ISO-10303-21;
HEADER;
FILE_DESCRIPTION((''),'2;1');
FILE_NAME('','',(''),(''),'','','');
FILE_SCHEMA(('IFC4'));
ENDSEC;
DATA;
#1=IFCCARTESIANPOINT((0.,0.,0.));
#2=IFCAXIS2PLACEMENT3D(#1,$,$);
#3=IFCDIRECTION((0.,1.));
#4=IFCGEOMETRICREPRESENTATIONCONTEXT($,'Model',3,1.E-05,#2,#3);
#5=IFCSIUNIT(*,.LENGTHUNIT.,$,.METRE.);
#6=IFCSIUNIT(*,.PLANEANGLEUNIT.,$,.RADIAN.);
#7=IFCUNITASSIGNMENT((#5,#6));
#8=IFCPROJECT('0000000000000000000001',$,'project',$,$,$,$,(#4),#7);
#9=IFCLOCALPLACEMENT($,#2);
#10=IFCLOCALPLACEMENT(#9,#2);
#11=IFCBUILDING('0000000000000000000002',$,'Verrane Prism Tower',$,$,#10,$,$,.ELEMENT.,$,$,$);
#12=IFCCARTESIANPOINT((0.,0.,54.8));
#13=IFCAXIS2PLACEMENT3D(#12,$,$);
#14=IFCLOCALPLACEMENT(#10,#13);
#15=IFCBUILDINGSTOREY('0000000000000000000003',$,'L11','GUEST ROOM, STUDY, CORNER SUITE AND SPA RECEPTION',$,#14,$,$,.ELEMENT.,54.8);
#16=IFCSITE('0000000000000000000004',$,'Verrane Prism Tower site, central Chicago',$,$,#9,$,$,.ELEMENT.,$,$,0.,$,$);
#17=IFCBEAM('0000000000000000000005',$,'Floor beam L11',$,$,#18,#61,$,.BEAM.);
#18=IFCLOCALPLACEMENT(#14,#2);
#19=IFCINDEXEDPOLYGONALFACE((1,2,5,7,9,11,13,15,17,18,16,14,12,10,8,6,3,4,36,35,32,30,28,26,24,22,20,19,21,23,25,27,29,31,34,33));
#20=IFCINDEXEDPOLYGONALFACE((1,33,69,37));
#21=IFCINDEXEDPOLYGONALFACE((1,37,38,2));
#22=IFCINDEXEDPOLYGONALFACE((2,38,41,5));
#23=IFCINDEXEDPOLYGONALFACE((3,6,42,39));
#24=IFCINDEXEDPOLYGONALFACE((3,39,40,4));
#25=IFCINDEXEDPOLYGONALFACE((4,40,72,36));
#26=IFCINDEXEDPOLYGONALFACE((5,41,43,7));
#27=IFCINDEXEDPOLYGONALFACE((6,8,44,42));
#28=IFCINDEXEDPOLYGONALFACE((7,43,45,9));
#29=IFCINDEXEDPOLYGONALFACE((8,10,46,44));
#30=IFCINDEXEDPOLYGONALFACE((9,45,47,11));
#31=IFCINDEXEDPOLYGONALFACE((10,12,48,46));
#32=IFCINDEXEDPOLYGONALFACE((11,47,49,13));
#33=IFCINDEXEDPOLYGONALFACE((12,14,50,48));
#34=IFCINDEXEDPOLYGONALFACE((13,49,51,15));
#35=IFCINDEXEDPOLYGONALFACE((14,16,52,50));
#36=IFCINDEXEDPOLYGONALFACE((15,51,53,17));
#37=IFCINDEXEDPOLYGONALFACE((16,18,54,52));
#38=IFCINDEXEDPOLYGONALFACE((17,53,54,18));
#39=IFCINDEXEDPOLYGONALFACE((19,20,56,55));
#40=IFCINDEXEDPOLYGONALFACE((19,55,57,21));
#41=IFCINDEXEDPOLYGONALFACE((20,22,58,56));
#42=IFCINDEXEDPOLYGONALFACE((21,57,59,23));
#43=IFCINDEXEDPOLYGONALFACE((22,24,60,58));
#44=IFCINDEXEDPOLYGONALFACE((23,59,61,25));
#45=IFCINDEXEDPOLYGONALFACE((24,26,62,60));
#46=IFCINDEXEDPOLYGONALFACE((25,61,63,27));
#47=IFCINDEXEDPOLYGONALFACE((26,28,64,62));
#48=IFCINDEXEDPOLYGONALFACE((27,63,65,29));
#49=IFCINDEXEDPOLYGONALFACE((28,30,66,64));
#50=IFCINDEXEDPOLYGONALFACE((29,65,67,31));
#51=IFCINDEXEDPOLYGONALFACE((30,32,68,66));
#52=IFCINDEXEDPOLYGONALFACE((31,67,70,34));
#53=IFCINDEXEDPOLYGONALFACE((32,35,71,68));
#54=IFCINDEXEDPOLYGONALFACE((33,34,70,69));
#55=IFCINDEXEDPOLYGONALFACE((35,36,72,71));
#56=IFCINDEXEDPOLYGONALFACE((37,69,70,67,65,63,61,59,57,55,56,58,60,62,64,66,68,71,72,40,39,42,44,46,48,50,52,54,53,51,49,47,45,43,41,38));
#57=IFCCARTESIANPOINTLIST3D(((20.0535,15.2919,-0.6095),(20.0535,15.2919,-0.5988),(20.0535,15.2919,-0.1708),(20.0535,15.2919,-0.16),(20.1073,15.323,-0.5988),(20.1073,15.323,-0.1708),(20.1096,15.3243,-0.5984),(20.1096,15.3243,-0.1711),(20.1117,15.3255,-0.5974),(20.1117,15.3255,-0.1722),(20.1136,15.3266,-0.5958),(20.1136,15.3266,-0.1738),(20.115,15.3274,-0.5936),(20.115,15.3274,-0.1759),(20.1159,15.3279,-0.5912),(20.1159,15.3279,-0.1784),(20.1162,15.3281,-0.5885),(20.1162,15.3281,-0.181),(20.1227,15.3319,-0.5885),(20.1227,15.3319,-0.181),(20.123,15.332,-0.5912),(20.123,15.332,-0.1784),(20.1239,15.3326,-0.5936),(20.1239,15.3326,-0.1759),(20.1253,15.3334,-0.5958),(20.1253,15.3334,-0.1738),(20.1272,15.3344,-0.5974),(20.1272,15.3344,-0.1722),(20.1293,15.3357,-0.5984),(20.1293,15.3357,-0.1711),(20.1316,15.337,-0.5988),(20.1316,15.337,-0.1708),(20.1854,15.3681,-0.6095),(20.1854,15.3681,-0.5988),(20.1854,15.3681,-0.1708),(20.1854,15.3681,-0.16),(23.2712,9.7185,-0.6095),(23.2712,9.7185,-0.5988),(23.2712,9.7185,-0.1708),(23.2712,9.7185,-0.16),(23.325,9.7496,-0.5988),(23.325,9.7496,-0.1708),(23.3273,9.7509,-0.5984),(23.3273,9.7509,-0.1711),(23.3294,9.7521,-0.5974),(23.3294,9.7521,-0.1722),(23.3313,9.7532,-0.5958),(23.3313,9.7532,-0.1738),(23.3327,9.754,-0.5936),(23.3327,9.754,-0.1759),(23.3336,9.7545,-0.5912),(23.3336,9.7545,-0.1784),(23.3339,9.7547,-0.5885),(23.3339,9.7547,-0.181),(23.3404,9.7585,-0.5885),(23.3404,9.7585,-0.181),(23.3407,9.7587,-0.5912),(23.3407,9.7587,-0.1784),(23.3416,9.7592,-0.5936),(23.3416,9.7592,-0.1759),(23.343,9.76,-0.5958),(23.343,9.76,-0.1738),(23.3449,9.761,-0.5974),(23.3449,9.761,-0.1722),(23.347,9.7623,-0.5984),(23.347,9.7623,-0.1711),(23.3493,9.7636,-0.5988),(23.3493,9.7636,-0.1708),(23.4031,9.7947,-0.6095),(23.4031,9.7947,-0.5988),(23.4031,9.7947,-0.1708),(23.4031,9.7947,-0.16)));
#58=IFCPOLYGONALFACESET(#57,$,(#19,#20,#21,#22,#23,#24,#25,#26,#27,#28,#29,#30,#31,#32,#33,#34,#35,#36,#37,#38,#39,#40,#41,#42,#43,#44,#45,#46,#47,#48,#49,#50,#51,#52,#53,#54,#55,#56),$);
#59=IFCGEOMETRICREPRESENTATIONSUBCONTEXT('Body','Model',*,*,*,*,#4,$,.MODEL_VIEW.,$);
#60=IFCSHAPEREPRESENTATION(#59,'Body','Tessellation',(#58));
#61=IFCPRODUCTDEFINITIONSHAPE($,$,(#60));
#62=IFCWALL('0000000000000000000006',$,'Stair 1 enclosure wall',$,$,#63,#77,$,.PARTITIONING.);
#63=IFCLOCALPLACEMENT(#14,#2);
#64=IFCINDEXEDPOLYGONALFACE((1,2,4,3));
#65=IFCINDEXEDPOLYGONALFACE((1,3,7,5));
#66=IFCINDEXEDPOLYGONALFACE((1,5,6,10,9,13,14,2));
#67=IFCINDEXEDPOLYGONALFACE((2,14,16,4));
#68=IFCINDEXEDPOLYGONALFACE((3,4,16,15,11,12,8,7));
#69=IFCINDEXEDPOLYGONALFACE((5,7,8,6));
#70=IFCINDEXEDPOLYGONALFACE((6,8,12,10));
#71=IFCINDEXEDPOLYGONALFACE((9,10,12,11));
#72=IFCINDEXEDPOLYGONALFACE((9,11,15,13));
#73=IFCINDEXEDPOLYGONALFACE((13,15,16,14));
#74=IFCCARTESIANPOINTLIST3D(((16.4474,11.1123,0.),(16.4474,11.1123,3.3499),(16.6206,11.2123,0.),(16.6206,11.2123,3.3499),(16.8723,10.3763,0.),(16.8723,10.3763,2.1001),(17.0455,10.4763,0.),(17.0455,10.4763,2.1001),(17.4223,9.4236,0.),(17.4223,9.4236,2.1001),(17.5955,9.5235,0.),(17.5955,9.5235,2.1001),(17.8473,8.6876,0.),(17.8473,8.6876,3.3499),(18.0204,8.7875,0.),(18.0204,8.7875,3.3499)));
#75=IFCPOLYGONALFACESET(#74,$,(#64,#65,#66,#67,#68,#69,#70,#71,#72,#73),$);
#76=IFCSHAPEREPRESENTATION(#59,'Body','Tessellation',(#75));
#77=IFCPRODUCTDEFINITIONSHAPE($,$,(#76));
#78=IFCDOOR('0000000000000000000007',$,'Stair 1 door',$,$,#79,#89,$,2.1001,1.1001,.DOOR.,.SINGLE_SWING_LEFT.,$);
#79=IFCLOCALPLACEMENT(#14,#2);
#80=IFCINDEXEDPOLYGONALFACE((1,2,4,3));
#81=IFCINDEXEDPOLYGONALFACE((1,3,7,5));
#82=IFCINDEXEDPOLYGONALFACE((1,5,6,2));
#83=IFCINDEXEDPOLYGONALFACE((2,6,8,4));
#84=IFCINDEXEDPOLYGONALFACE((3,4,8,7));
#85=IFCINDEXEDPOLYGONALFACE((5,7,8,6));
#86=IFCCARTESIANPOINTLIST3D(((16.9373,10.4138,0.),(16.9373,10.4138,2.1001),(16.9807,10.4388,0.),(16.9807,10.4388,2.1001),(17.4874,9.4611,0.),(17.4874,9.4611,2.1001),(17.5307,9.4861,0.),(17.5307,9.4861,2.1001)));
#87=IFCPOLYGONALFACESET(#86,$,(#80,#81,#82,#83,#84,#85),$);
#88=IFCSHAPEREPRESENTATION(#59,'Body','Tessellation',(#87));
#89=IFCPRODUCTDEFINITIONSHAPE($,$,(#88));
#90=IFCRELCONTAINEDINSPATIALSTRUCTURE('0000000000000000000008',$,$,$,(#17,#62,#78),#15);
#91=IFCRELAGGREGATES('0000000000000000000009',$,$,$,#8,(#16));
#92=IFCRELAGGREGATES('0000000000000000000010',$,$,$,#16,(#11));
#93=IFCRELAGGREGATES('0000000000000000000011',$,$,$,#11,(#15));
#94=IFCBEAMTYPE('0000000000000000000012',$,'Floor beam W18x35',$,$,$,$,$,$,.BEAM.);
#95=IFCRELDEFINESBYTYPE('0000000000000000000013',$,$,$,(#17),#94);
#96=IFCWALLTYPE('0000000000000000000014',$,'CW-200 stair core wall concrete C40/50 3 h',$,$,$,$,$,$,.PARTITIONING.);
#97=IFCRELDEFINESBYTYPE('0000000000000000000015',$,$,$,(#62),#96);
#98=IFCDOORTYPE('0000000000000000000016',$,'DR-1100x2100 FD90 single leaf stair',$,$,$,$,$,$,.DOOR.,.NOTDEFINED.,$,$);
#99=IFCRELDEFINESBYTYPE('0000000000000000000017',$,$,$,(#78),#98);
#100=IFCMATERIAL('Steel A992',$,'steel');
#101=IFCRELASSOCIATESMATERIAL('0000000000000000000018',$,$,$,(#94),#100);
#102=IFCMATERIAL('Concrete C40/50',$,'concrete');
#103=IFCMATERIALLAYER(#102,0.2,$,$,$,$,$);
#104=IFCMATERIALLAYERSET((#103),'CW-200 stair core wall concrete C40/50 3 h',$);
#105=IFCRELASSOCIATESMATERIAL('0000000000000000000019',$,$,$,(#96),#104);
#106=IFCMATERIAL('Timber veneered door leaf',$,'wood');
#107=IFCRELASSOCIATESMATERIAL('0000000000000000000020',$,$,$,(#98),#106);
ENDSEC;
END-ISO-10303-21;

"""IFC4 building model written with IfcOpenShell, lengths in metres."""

from ifc_helpers import new_model, si_unit, direction, frame, frame_2d, origin, origin_2d, place, context, subcontext, project, spatial, rectangle, i_section, extrude, material, layer, layer_set, material_profile, profile_set, type_object, element, fill, save


model = new_model("IFC4")

# Units and contexts
model_context = context("Model", 3, precision=1e-05, world=origin(), true_north=direction((0.0, 1.0)))
body_context = subcontext(model_context, "Body", "Model", "MODEL_VIEW")
ifc_project = project(units=[si_unit("LENGTHUNIT", "METRE"), si_unit("PLANEANGLEUNIT", "RADIAN")], contexts=[model_context])

# Site, building, storey
site_placement = place(None, origin())
site = spatial("IfcSite", under=ifc_project, at=site_placement, Name="Verrane Prism Tower site, central Chicago", CompositionType="ELEMENT", RefElevation=0.0)
building_placement = place(site_placement, origin())
building = spatial("IfcBuilding", under=site, at=building_placement, Name="Verrane Prism Tower", CompositionType="ELEMENT")
storey_placement = place(building_placement, frame((0.0, 0.0, 54.8)))
storey = spatial("IfcBuildingStorey", under=building, at=storey_placement, Name="L11", Description="GUEST ROOM, STUDY, CORNER SUITE AND SPA RECEPTION", CompositionType="ELEMENT", Elevation=54.8)

# Beam
ifc_material_1 = material(Name="Steel A992", Category="steel")
ifc_material_profile_1 = material_profile(ifc_material_1, i_section(OverallWidth=0.1523, OverallDepth=0.4495, WebThickness=0.0076, FlangeThickness=0.0107, FilletRadius=0.0103, at=origin_2d()), Name="W18x35")
ifc_profile_set_1 = profile_set([ifc_material_profile_1], Name="Steel A992")
beam_type_1 = type_object("IfcBeamType", Name="Floor beam W18x35", PredefinedType="BEAM", material=ifc_profile_set_1)
beam_1_placement = place(storey_placement, frame((23.3372, 9.7566, -0.3848), z_axis=(-0.499991, 0.866031, 0.0), x_axis=(-0.866031, -0.499991, 0.0)))
element("IfcBeam", 1, at=beam_1_placement, inside=storey, type_object=beam_type_1, Name="Floor beam L11", PredefinedType="BEAM", context=body_context, shape_type="SweptSolid", body=[
    extrude(i_section(OverallWidth=0.1523, OverallDepth=0.4495, WebThickness=0.0076, FlangeThickness=0.0107, FilletRadius=0.0103, at=origin_2d()), origin(), (0.0, 0.0, 1.0), 6.4355),
])

# Wall, opening, door
ifc_material_2 = material(Name="Concrete C40/50", Category="concrete")
ifc_layer_1 = layer(ifc_material_2, 0.2)
ifc_layer_set_1 = layer_set([ifc_layer_1], Name="CW-200 stair core wall concrete C40/50 3 h")
wall_type_1 = type_object("IfcWallType", Name="CW-200 stair core wall concrete C40/50 3 h", PredefinedType="PARTITIONING", material=ifc_layer_set_1)
wall_1_placement = place(storey_placement, frame((17.9338, 8.7375, 0.0), z_axis=(0.0, 0.0, 1.0), x_axis=(-0.499984, 0.866035, 0.0)))
wall_1 = element("IfcWall", 2, at=wall_1_placement, inside=storey, type_object=wall_type_1, Name="Stair 1 enclosure wall", PredefinedType="PARTITIONING", context=body_context, shape_type="SweptSolid", body=[
    extrude(rectangle(XDim=2.7998, YDim=0.2, at=frame_2d((1.3999, 0.0))), origin(), (0.0, 0.0, 1.0), 3.3499),
])
opening_1_placement = place(wall_1_placement, frame((0.8499, 0.0, 0.0)))
opening_1 = element("IfcOpeningElement", 3, at=opening_1_placement, cuts=wall_1, PredefinedType="OPENING", context=body_context, shape_type="SweptSolid", body=[
    extrude(rectangle(XDim=1.1001, YDim=2.1001, at=frame_2d((0.55, 1.05))), frame((0.0, 0.1099, 0.0), z_axis=(0.0, -1.0, 0.0), x_axis=(1.0, 0.0, 0.0)), (0.0, 0.0, 1.0), 0.22),
])
ifc_material_3 = material(Name="Timber veneered door leaf", Category="wood")
door_type_1 = type_object("IfcDoorType", Name="DR-1100x2100 FD90 single leaf stair", OperationType="NOTDEFINED", PredefinedType="DOOR", material=ifc_material_3)
door_1_placement = place(opening_1_placement, origin())
door_1 = element("IfcDoor", 4, at=door_1_placement, inside=storey, type_object=door_type_1, Name="Stair 1 door", OperationType="SINGLE_SWING_LEFT", OverallHeight=2.1001, OverallWidth=1.1001, PredefinedType="DOOR", context=body_context, shape_type="SweptSolid", body=[
    extrude(rectangle(XDim=1.1001, YDim=2.1001, at=frame_2d((0.55, 1.05))), frame((0.0, 0.0249, 0.0), z_axis=(0.0, -1.0, 0.0), x_axis=(1.0, 0.0, 0.0)), (0.0, 0.0, 1.0), 0.05),
])
fill(opening_1, door_1)

save(model, "model.ifc")
